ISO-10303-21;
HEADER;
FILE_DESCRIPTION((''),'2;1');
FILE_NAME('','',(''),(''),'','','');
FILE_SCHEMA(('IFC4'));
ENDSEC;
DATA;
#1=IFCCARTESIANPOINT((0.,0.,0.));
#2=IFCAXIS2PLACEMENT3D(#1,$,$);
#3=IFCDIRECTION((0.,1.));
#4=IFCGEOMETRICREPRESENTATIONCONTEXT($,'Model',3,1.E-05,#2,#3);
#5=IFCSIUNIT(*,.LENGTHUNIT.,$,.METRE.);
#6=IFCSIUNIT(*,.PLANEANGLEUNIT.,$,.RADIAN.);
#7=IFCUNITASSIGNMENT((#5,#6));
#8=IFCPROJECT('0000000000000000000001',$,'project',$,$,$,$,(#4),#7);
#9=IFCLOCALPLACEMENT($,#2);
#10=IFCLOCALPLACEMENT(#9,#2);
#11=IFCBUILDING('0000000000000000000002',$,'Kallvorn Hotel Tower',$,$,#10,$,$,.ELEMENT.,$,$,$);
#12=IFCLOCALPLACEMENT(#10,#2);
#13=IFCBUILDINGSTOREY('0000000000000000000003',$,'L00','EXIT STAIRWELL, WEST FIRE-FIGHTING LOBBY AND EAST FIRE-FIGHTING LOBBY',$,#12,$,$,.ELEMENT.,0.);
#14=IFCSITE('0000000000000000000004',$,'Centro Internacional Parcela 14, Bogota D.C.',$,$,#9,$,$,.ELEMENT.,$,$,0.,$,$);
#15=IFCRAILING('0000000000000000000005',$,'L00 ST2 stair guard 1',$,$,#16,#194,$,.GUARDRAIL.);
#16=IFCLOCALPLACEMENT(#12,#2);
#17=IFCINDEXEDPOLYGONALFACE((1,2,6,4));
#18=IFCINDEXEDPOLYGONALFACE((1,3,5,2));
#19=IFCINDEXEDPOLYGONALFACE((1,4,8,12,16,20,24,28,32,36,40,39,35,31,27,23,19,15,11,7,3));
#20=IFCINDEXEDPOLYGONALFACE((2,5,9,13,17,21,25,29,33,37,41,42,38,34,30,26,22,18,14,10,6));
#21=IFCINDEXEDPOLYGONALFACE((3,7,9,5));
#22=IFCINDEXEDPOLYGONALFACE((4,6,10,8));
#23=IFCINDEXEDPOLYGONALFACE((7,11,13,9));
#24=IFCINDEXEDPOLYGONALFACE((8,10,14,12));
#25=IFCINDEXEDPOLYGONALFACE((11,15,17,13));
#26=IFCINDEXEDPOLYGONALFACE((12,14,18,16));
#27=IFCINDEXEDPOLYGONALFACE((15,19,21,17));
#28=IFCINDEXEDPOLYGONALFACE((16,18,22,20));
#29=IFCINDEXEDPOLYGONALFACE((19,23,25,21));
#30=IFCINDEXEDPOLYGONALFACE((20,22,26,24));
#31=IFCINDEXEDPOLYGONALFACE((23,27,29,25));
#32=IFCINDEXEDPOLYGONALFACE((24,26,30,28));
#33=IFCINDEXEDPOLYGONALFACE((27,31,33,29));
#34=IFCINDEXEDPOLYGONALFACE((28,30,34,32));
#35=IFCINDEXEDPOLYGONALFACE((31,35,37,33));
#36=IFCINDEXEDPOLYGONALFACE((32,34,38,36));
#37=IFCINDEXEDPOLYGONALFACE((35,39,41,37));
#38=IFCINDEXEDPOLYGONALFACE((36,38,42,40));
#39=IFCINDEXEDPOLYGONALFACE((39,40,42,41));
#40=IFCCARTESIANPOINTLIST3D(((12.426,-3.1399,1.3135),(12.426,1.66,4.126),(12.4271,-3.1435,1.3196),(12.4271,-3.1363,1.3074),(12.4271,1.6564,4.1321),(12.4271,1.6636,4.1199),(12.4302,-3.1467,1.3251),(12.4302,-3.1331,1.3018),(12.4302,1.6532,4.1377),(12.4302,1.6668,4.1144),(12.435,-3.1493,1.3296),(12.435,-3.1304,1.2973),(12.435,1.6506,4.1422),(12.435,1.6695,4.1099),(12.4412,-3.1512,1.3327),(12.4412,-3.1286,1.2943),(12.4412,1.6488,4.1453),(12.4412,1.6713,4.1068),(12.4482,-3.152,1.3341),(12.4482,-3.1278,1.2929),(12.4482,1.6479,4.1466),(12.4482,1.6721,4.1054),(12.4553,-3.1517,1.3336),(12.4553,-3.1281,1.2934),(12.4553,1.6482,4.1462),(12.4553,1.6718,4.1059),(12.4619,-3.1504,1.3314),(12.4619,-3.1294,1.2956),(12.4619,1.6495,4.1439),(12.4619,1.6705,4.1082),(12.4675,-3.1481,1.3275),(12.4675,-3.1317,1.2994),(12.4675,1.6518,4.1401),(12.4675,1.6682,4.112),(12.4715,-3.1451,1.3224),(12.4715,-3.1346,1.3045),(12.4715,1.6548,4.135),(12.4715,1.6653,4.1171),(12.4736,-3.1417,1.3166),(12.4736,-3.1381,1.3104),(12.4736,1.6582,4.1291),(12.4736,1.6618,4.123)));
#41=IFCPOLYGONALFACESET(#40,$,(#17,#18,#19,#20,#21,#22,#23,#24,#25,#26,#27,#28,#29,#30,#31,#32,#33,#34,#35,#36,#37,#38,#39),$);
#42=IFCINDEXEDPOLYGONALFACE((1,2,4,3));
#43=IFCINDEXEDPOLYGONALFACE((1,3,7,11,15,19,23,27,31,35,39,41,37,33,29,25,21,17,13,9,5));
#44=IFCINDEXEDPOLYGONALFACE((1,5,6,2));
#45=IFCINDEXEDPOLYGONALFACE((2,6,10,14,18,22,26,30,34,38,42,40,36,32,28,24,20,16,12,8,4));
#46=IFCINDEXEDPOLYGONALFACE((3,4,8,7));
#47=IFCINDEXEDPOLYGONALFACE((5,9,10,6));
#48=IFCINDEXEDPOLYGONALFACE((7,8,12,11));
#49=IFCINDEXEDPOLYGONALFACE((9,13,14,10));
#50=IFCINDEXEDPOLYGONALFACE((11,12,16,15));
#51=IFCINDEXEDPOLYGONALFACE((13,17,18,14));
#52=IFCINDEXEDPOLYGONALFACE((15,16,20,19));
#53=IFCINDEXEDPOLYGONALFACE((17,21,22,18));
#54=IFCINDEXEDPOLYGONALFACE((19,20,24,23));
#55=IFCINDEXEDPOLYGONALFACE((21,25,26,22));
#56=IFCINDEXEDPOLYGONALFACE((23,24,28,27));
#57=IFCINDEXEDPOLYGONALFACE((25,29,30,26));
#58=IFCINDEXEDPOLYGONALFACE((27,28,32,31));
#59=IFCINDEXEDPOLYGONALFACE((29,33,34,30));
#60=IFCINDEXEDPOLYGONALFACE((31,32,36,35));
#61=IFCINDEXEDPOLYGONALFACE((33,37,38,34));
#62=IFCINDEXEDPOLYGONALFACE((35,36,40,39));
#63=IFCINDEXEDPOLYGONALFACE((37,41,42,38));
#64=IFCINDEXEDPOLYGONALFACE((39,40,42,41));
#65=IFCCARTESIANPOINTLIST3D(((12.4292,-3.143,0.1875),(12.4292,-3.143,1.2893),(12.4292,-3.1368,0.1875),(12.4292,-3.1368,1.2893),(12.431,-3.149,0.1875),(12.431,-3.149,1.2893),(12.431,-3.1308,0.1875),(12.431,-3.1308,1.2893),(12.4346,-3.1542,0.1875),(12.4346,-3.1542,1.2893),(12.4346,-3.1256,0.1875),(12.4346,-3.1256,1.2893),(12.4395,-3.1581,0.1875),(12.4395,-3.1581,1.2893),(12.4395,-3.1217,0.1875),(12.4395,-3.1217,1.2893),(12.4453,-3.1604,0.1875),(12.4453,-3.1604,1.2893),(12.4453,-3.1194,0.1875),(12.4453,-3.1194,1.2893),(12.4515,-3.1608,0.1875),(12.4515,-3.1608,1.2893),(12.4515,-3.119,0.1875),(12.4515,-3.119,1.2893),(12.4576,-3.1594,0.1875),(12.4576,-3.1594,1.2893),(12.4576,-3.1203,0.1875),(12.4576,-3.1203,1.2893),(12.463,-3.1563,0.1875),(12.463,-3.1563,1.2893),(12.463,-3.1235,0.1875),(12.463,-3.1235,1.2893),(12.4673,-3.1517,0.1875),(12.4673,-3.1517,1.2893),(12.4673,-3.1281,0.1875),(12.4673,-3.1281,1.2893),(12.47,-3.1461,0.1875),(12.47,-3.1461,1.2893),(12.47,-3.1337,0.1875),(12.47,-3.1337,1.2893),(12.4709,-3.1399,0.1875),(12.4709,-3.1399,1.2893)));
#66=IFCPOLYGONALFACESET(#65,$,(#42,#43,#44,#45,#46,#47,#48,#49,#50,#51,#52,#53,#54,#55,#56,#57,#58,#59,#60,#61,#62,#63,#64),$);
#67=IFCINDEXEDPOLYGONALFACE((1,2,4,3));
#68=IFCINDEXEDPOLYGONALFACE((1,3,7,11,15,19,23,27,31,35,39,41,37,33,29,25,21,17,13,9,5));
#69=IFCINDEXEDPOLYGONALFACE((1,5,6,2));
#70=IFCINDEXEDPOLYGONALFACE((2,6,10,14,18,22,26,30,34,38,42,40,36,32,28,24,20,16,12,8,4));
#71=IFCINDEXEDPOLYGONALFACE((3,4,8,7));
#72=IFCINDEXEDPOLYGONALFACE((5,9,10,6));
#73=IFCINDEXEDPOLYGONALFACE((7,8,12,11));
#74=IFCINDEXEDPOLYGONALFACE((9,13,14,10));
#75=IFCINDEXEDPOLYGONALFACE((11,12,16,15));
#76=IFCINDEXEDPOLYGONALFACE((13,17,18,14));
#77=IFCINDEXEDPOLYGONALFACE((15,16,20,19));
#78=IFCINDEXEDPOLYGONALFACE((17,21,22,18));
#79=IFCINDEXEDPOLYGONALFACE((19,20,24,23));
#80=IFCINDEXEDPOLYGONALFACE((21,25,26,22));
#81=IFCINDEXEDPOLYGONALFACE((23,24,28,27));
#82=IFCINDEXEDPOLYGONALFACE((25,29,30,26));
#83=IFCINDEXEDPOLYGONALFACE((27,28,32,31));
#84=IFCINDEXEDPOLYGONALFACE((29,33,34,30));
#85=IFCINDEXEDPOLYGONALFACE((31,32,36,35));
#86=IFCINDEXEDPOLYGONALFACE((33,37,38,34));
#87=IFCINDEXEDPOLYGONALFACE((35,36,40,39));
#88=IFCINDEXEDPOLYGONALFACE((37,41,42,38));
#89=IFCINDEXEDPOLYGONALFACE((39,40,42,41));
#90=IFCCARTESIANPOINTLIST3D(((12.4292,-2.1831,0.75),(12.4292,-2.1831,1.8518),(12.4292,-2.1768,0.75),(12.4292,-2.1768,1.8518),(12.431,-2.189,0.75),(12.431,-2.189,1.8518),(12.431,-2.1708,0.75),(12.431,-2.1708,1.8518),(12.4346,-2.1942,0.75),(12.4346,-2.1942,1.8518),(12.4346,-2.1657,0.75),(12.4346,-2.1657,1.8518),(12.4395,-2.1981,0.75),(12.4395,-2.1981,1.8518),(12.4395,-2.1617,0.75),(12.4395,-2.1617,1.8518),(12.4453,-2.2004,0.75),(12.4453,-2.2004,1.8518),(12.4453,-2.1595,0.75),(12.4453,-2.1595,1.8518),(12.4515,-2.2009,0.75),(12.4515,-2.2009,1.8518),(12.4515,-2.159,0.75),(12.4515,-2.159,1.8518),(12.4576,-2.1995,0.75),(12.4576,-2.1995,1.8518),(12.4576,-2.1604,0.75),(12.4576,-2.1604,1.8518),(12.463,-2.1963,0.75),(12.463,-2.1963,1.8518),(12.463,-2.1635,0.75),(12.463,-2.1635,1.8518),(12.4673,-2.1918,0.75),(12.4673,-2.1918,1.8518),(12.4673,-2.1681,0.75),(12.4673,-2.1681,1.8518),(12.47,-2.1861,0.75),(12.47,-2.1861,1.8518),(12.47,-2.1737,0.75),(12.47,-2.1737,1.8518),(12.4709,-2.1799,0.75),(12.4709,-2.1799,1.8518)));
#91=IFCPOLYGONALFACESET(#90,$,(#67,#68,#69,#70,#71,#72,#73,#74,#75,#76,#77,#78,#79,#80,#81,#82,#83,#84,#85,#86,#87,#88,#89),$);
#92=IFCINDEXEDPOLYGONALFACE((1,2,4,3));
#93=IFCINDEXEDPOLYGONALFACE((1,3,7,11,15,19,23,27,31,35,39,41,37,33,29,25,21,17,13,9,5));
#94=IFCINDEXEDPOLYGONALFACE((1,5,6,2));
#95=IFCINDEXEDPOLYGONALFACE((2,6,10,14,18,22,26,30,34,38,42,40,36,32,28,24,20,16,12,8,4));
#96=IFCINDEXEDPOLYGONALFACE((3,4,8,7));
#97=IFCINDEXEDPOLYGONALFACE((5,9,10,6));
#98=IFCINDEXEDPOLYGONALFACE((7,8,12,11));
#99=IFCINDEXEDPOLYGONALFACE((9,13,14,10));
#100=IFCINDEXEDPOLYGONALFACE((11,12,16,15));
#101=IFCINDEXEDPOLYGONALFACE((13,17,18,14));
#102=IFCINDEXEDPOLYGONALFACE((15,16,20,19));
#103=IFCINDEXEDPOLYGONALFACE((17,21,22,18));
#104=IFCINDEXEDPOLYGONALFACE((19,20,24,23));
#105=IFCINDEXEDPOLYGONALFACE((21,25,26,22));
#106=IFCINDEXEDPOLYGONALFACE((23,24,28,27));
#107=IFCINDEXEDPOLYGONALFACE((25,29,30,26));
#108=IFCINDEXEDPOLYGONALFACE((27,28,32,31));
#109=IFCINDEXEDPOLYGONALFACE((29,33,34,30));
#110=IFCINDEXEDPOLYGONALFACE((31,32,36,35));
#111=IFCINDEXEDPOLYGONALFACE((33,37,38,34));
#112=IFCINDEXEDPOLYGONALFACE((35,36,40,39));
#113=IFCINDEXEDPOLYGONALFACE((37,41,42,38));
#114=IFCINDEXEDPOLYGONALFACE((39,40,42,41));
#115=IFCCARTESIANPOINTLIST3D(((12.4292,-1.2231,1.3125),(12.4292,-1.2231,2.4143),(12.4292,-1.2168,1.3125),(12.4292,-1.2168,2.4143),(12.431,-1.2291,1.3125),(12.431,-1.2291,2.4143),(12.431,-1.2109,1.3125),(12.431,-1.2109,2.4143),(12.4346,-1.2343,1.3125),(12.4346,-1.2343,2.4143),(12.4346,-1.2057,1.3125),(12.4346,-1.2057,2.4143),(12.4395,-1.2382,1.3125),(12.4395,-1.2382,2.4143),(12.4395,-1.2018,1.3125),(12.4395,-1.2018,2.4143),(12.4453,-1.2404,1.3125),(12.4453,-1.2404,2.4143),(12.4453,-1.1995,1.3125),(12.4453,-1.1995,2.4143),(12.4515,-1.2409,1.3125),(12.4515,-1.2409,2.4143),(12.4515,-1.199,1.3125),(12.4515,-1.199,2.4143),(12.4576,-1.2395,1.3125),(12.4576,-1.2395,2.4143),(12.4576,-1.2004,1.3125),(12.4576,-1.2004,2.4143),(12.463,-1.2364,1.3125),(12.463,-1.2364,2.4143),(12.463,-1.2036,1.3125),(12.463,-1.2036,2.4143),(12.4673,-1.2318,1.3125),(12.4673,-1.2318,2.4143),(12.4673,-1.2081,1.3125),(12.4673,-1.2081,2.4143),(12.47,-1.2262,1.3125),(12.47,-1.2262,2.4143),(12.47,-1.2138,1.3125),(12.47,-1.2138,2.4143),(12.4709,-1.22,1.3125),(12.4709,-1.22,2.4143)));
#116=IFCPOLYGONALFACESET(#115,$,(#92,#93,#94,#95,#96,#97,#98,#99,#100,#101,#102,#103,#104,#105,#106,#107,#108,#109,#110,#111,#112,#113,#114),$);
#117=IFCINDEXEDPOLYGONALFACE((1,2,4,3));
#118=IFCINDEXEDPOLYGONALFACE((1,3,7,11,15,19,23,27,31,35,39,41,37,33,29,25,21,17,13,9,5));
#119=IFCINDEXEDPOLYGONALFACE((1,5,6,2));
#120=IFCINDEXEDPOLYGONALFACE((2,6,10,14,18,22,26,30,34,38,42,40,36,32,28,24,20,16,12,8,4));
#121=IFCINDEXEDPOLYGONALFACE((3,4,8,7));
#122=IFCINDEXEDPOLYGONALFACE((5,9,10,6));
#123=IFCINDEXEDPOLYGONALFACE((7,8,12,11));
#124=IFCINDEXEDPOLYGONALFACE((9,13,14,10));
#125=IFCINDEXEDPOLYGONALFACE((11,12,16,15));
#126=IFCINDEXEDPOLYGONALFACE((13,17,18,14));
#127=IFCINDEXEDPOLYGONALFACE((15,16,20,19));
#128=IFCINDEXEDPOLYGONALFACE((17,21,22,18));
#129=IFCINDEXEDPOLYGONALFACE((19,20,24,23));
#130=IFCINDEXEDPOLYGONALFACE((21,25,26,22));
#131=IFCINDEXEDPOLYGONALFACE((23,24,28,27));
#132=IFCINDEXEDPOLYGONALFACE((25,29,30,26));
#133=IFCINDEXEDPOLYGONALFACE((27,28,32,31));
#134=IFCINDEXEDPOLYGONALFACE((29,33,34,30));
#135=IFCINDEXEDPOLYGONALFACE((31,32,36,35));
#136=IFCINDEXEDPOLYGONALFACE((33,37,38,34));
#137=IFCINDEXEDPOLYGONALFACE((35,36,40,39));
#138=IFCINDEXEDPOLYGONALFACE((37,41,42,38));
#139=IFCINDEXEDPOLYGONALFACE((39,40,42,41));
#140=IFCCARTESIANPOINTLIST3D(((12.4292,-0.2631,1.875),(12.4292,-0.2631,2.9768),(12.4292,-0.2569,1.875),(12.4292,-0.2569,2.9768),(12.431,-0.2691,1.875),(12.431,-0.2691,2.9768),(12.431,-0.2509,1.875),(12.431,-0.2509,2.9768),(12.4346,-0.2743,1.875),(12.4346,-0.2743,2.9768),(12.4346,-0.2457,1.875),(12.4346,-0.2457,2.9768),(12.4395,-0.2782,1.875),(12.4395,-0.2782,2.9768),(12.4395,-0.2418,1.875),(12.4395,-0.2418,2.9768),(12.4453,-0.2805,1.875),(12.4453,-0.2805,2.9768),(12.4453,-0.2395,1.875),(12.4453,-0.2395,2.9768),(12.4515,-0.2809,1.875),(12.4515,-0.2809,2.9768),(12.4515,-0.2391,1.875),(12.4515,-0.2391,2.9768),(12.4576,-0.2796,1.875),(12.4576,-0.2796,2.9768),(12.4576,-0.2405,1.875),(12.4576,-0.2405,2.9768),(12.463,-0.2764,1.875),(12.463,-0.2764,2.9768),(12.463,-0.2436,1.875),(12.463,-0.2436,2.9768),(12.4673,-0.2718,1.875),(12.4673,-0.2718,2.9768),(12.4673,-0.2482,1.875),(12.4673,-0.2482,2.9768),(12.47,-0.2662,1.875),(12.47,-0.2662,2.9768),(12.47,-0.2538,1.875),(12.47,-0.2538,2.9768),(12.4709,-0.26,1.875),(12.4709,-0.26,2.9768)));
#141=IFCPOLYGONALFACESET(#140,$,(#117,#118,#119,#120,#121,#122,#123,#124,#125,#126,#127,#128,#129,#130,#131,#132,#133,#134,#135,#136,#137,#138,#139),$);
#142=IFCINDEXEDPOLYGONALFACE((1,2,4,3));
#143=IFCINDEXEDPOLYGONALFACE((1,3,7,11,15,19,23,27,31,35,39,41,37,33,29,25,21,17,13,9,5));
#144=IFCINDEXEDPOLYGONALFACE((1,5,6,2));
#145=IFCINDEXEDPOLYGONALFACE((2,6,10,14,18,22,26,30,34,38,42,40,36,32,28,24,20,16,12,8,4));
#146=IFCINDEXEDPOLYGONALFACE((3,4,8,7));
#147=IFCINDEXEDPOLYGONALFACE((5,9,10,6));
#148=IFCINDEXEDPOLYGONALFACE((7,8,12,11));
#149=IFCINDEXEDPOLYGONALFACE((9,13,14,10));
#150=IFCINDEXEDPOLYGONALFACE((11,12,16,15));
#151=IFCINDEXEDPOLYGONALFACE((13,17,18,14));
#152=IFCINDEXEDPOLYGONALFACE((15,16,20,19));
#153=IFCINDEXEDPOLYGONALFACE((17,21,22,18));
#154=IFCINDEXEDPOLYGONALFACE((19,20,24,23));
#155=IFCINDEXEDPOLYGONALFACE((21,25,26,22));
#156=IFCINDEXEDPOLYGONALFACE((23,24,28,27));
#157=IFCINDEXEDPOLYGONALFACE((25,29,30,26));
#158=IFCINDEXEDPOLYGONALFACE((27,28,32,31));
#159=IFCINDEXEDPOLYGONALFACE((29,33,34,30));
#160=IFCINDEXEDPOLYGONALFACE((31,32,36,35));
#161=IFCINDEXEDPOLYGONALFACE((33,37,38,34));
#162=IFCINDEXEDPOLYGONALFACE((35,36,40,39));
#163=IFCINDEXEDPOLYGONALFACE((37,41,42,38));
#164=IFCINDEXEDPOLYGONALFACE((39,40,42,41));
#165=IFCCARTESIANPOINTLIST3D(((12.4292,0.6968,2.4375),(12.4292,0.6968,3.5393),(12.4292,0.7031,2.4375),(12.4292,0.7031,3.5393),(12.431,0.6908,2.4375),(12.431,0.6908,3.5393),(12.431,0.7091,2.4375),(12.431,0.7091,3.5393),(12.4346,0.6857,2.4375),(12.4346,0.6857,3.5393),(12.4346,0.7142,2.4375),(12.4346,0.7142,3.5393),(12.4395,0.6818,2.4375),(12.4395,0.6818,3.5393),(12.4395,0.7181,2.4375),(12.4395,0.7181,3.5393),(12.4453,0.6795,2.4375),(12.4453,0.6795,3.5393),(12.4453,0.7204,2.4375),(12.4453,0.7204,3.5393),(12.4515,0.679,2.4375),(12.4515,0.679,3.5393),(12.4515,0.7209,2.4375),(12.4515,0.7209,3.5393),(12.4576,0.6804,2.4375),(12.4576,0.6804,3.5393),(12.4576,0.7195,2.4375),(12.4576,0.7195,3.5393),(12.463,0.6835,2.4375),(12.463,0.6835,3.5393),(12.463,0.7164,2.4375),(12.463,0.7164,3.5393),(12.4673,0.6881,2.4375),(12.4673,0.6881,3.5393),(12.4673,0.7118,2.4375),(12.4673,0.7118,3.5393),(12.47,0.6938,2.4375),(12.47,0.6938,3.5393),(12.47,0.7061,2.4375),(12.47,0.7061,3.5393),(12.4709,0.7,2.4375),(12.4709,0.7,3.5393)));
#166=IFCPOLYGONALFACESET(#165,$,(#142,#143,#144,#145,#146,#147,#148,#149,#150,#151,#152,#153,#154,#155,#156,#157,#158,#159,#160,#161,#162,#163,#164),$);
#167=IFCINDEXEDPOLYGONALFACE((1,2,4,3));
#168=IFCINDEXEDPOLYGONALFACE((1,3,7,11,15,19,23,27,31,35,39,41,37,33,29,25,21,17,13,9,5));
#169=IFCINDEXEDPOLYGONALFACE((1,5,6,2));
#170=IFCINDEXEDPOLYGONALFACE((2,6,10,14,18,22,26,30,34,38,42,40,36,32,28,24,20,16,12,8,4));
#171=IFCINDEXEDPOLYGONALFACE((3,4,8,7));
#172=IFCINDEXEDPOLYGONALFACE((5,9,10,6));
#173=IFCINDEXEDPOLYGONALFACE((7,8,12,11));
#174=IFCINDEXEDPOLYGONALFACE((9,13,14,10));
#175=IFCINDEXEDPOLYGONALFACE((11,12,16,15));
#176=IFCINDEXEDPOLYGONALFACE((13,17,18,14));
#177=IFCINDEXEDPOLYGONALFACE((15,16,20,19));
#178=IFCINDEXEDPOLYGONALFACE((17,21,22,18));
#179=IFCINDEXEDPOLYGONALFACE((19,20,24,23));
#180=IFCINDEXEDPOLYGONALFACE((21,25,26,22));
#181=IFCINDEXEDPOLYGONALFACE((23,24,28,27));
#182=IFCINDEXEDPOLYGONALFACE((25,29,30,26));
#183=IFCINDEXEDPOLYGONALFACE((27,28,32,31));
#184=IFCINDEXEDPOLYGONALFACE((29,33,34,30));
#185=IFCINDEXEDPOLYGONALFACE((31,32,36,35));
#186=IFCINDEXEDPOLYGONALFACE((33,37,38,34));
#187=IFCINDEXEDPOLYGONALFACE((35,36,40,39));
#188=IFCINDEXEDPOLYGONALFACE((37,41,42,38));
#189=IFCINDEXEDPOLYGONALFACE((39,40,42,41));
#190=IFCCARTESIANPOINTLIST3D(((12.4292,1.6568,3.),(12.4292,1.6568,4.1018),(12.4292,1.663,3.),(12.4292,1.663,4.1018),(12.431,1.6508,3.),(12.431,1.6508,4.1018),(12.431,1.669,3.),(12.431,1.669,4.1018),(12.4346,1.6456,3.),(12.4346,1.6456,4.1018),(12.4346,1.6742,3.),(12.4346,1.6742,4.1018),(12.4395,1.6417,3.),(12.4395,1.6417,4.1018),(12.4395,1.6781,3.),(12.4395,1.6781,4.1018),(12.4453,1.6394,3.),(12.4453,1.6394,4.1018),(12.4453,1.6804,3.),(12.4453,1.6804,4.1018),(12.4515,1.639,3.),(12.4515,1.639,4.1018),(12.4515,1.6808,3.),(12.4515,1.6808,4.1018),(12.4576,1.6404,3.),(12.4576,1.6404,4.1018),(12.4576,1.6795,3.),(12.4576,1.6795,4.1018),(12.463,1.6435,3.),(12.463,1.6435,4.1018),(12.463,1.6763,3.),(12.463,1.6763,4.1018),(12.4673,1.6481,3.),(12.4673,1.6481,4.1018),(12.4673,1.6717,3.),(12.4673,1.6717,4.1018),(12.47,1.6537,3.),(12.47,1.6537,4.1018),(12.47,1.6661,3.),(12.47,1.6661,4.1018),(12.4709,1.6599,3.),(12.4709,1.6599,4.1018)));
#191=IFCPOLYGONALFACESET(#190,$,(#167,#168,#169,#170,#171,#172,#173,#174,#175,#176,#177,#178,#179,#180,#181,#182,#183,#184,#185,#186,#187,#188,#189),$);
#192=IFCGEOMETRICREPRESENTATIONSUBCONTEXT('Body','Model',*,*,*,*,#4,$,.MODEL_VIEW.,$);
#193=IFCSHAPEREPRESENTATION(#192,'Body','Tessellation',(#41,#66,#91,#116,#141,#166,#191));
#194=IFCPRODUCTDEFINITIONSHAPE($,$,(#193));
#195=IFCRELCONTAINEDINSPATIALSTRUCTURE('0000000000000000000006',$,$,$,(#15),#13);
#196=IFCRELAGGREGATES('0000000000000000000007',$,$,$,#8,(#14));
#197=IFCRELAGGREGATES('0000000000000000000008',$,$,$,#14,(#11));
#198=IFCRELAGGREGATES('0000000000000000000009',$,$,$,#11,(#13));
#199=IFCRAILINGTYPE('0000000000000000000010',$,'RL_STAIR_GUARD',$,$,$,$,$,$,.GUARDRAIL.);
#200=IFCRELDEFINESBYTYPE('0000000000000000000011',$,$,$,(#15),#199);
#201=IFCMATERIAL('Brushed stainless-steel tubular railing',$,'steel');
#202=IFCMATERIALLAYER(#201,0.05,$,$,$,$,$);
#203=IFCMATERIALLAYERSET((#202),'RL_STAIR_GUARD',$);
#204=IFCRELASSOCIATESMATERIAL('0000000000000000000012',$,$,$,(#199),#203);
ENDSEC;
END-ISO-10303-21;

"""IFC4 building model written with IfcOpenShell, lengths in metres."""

from ifc_helpers import new_model, si_unit, direction, frame, origin, origin_2d, place, context, subcontext, project, spatial, circle, extrude, material, layer, layer_set, type_object, element, save


model = new_model("IFC4")

# Units and contexts
model_context = context("Model", 3, precision=1e-05, world=origin(), true_north=direction((0.0, 1.0)))
body_context = subcontext(model_context, "Body", "Model", "MODEL_VIEW")
ifc_project = project(units=[si_unit("LENGTHUNIT", "METRE"), si_unit("PLANEANGLEUNIT", "RADIAN")], contexts=[model_context])

# Site, building, storey
site_placement = place(None, origin())
site = spatial("IfcSite", under=ifc_project, at=site_placement, Name="Centro Internacional Parcela 14, Bogota D.C.", CompositionType="ELEMENT", RefElevation=0.0)
building_placement = place(site_placement, origin())
building = spatial("IfcBuilding", under=site, at=building_placement, Name="Kallvorn Hotel Tower", CompositionType="ELEMENT")
storey_placement = place(building_placement, origin())
storey = spatial("IfcBuildingStorey", under=building, at=storey_placement, Name="L00", Description="EXIT STAIRWELL, WEST FIRE-FIGHTING LOBBY AND EAST FIRE-FIGHTING LOBBY", CompositionType="ELEMENT", Elevation=0.0)

# Railing
ifc_material_1 = material(Name="Brushed stainless-steel tubular railing", Category="steel")
ifc_layer_1 = layer(ifc_material_1, 0.05)
ifc_layer_set_1 = layer_set([ifc_layer_1], Name="RL_STAIR_GUARD")
railing_type_1 = type_object("IfcRailingType", Name="RL_STAIR_GUARD", PredefinedType="GUARDRAIL", material=ifc_layer_set_1)
railing_1_placement = place(storey_placement, frame((12.45, -3.1399, 0.1875)))
element("IfcRailing", 1, at=railing_1_placement, inside=storey, type_object=railing_type_1, Name="L00 ST2 stair guard 1", PredefinedType="GUARDRAIL", context=body_context, shape_type="SweptSolid", body=[
    extrude(circle(Radius=0.0239, at=origin_2d()), frame((0.0, 0.0, 1.126), z_axis=(0.0, 0.86279, 0.505562), x_axis=(-1.0, 0.0, 0.0)), (0.0, 0.0, 1.0), 5.5632),
    extrude(circle(Radius=0.021, at=origin_2d()), origin(), (0.0, 0.0, 1.0), 1.1018),
    extrude(circle(Radius=0.021, at=origin_2d()), frame((0.0, 0.96, 0.5625)), (0.0, 0.0, 1.0), 1.1018),
    extrude(circle(Radius=0.021, at=origin_2d()), frame((0.0, 1.9199, 1.125)), (0.0, 0.0, 1.0), 1.1018),
    extrude(circle(Radius=0.021, at=origin_2d()), frame((0.0, 2.8799, 1.6875)), (0.0, 0.0, 1.0), 1.1018),
    extrude(circle(Radius=0.021, at=origin_2d()), frame((0.0, 3.8398, 2.25)), (0.0, 0.0, 1.0), 1.1018),
    extrude(circle(Radius=0.021, at=origin_2d()), frame((0.0, 4.7998, 2.8125)), (0.0, 0.0, 1.0), 1.1018),
])

save(model, "model.ifc")
